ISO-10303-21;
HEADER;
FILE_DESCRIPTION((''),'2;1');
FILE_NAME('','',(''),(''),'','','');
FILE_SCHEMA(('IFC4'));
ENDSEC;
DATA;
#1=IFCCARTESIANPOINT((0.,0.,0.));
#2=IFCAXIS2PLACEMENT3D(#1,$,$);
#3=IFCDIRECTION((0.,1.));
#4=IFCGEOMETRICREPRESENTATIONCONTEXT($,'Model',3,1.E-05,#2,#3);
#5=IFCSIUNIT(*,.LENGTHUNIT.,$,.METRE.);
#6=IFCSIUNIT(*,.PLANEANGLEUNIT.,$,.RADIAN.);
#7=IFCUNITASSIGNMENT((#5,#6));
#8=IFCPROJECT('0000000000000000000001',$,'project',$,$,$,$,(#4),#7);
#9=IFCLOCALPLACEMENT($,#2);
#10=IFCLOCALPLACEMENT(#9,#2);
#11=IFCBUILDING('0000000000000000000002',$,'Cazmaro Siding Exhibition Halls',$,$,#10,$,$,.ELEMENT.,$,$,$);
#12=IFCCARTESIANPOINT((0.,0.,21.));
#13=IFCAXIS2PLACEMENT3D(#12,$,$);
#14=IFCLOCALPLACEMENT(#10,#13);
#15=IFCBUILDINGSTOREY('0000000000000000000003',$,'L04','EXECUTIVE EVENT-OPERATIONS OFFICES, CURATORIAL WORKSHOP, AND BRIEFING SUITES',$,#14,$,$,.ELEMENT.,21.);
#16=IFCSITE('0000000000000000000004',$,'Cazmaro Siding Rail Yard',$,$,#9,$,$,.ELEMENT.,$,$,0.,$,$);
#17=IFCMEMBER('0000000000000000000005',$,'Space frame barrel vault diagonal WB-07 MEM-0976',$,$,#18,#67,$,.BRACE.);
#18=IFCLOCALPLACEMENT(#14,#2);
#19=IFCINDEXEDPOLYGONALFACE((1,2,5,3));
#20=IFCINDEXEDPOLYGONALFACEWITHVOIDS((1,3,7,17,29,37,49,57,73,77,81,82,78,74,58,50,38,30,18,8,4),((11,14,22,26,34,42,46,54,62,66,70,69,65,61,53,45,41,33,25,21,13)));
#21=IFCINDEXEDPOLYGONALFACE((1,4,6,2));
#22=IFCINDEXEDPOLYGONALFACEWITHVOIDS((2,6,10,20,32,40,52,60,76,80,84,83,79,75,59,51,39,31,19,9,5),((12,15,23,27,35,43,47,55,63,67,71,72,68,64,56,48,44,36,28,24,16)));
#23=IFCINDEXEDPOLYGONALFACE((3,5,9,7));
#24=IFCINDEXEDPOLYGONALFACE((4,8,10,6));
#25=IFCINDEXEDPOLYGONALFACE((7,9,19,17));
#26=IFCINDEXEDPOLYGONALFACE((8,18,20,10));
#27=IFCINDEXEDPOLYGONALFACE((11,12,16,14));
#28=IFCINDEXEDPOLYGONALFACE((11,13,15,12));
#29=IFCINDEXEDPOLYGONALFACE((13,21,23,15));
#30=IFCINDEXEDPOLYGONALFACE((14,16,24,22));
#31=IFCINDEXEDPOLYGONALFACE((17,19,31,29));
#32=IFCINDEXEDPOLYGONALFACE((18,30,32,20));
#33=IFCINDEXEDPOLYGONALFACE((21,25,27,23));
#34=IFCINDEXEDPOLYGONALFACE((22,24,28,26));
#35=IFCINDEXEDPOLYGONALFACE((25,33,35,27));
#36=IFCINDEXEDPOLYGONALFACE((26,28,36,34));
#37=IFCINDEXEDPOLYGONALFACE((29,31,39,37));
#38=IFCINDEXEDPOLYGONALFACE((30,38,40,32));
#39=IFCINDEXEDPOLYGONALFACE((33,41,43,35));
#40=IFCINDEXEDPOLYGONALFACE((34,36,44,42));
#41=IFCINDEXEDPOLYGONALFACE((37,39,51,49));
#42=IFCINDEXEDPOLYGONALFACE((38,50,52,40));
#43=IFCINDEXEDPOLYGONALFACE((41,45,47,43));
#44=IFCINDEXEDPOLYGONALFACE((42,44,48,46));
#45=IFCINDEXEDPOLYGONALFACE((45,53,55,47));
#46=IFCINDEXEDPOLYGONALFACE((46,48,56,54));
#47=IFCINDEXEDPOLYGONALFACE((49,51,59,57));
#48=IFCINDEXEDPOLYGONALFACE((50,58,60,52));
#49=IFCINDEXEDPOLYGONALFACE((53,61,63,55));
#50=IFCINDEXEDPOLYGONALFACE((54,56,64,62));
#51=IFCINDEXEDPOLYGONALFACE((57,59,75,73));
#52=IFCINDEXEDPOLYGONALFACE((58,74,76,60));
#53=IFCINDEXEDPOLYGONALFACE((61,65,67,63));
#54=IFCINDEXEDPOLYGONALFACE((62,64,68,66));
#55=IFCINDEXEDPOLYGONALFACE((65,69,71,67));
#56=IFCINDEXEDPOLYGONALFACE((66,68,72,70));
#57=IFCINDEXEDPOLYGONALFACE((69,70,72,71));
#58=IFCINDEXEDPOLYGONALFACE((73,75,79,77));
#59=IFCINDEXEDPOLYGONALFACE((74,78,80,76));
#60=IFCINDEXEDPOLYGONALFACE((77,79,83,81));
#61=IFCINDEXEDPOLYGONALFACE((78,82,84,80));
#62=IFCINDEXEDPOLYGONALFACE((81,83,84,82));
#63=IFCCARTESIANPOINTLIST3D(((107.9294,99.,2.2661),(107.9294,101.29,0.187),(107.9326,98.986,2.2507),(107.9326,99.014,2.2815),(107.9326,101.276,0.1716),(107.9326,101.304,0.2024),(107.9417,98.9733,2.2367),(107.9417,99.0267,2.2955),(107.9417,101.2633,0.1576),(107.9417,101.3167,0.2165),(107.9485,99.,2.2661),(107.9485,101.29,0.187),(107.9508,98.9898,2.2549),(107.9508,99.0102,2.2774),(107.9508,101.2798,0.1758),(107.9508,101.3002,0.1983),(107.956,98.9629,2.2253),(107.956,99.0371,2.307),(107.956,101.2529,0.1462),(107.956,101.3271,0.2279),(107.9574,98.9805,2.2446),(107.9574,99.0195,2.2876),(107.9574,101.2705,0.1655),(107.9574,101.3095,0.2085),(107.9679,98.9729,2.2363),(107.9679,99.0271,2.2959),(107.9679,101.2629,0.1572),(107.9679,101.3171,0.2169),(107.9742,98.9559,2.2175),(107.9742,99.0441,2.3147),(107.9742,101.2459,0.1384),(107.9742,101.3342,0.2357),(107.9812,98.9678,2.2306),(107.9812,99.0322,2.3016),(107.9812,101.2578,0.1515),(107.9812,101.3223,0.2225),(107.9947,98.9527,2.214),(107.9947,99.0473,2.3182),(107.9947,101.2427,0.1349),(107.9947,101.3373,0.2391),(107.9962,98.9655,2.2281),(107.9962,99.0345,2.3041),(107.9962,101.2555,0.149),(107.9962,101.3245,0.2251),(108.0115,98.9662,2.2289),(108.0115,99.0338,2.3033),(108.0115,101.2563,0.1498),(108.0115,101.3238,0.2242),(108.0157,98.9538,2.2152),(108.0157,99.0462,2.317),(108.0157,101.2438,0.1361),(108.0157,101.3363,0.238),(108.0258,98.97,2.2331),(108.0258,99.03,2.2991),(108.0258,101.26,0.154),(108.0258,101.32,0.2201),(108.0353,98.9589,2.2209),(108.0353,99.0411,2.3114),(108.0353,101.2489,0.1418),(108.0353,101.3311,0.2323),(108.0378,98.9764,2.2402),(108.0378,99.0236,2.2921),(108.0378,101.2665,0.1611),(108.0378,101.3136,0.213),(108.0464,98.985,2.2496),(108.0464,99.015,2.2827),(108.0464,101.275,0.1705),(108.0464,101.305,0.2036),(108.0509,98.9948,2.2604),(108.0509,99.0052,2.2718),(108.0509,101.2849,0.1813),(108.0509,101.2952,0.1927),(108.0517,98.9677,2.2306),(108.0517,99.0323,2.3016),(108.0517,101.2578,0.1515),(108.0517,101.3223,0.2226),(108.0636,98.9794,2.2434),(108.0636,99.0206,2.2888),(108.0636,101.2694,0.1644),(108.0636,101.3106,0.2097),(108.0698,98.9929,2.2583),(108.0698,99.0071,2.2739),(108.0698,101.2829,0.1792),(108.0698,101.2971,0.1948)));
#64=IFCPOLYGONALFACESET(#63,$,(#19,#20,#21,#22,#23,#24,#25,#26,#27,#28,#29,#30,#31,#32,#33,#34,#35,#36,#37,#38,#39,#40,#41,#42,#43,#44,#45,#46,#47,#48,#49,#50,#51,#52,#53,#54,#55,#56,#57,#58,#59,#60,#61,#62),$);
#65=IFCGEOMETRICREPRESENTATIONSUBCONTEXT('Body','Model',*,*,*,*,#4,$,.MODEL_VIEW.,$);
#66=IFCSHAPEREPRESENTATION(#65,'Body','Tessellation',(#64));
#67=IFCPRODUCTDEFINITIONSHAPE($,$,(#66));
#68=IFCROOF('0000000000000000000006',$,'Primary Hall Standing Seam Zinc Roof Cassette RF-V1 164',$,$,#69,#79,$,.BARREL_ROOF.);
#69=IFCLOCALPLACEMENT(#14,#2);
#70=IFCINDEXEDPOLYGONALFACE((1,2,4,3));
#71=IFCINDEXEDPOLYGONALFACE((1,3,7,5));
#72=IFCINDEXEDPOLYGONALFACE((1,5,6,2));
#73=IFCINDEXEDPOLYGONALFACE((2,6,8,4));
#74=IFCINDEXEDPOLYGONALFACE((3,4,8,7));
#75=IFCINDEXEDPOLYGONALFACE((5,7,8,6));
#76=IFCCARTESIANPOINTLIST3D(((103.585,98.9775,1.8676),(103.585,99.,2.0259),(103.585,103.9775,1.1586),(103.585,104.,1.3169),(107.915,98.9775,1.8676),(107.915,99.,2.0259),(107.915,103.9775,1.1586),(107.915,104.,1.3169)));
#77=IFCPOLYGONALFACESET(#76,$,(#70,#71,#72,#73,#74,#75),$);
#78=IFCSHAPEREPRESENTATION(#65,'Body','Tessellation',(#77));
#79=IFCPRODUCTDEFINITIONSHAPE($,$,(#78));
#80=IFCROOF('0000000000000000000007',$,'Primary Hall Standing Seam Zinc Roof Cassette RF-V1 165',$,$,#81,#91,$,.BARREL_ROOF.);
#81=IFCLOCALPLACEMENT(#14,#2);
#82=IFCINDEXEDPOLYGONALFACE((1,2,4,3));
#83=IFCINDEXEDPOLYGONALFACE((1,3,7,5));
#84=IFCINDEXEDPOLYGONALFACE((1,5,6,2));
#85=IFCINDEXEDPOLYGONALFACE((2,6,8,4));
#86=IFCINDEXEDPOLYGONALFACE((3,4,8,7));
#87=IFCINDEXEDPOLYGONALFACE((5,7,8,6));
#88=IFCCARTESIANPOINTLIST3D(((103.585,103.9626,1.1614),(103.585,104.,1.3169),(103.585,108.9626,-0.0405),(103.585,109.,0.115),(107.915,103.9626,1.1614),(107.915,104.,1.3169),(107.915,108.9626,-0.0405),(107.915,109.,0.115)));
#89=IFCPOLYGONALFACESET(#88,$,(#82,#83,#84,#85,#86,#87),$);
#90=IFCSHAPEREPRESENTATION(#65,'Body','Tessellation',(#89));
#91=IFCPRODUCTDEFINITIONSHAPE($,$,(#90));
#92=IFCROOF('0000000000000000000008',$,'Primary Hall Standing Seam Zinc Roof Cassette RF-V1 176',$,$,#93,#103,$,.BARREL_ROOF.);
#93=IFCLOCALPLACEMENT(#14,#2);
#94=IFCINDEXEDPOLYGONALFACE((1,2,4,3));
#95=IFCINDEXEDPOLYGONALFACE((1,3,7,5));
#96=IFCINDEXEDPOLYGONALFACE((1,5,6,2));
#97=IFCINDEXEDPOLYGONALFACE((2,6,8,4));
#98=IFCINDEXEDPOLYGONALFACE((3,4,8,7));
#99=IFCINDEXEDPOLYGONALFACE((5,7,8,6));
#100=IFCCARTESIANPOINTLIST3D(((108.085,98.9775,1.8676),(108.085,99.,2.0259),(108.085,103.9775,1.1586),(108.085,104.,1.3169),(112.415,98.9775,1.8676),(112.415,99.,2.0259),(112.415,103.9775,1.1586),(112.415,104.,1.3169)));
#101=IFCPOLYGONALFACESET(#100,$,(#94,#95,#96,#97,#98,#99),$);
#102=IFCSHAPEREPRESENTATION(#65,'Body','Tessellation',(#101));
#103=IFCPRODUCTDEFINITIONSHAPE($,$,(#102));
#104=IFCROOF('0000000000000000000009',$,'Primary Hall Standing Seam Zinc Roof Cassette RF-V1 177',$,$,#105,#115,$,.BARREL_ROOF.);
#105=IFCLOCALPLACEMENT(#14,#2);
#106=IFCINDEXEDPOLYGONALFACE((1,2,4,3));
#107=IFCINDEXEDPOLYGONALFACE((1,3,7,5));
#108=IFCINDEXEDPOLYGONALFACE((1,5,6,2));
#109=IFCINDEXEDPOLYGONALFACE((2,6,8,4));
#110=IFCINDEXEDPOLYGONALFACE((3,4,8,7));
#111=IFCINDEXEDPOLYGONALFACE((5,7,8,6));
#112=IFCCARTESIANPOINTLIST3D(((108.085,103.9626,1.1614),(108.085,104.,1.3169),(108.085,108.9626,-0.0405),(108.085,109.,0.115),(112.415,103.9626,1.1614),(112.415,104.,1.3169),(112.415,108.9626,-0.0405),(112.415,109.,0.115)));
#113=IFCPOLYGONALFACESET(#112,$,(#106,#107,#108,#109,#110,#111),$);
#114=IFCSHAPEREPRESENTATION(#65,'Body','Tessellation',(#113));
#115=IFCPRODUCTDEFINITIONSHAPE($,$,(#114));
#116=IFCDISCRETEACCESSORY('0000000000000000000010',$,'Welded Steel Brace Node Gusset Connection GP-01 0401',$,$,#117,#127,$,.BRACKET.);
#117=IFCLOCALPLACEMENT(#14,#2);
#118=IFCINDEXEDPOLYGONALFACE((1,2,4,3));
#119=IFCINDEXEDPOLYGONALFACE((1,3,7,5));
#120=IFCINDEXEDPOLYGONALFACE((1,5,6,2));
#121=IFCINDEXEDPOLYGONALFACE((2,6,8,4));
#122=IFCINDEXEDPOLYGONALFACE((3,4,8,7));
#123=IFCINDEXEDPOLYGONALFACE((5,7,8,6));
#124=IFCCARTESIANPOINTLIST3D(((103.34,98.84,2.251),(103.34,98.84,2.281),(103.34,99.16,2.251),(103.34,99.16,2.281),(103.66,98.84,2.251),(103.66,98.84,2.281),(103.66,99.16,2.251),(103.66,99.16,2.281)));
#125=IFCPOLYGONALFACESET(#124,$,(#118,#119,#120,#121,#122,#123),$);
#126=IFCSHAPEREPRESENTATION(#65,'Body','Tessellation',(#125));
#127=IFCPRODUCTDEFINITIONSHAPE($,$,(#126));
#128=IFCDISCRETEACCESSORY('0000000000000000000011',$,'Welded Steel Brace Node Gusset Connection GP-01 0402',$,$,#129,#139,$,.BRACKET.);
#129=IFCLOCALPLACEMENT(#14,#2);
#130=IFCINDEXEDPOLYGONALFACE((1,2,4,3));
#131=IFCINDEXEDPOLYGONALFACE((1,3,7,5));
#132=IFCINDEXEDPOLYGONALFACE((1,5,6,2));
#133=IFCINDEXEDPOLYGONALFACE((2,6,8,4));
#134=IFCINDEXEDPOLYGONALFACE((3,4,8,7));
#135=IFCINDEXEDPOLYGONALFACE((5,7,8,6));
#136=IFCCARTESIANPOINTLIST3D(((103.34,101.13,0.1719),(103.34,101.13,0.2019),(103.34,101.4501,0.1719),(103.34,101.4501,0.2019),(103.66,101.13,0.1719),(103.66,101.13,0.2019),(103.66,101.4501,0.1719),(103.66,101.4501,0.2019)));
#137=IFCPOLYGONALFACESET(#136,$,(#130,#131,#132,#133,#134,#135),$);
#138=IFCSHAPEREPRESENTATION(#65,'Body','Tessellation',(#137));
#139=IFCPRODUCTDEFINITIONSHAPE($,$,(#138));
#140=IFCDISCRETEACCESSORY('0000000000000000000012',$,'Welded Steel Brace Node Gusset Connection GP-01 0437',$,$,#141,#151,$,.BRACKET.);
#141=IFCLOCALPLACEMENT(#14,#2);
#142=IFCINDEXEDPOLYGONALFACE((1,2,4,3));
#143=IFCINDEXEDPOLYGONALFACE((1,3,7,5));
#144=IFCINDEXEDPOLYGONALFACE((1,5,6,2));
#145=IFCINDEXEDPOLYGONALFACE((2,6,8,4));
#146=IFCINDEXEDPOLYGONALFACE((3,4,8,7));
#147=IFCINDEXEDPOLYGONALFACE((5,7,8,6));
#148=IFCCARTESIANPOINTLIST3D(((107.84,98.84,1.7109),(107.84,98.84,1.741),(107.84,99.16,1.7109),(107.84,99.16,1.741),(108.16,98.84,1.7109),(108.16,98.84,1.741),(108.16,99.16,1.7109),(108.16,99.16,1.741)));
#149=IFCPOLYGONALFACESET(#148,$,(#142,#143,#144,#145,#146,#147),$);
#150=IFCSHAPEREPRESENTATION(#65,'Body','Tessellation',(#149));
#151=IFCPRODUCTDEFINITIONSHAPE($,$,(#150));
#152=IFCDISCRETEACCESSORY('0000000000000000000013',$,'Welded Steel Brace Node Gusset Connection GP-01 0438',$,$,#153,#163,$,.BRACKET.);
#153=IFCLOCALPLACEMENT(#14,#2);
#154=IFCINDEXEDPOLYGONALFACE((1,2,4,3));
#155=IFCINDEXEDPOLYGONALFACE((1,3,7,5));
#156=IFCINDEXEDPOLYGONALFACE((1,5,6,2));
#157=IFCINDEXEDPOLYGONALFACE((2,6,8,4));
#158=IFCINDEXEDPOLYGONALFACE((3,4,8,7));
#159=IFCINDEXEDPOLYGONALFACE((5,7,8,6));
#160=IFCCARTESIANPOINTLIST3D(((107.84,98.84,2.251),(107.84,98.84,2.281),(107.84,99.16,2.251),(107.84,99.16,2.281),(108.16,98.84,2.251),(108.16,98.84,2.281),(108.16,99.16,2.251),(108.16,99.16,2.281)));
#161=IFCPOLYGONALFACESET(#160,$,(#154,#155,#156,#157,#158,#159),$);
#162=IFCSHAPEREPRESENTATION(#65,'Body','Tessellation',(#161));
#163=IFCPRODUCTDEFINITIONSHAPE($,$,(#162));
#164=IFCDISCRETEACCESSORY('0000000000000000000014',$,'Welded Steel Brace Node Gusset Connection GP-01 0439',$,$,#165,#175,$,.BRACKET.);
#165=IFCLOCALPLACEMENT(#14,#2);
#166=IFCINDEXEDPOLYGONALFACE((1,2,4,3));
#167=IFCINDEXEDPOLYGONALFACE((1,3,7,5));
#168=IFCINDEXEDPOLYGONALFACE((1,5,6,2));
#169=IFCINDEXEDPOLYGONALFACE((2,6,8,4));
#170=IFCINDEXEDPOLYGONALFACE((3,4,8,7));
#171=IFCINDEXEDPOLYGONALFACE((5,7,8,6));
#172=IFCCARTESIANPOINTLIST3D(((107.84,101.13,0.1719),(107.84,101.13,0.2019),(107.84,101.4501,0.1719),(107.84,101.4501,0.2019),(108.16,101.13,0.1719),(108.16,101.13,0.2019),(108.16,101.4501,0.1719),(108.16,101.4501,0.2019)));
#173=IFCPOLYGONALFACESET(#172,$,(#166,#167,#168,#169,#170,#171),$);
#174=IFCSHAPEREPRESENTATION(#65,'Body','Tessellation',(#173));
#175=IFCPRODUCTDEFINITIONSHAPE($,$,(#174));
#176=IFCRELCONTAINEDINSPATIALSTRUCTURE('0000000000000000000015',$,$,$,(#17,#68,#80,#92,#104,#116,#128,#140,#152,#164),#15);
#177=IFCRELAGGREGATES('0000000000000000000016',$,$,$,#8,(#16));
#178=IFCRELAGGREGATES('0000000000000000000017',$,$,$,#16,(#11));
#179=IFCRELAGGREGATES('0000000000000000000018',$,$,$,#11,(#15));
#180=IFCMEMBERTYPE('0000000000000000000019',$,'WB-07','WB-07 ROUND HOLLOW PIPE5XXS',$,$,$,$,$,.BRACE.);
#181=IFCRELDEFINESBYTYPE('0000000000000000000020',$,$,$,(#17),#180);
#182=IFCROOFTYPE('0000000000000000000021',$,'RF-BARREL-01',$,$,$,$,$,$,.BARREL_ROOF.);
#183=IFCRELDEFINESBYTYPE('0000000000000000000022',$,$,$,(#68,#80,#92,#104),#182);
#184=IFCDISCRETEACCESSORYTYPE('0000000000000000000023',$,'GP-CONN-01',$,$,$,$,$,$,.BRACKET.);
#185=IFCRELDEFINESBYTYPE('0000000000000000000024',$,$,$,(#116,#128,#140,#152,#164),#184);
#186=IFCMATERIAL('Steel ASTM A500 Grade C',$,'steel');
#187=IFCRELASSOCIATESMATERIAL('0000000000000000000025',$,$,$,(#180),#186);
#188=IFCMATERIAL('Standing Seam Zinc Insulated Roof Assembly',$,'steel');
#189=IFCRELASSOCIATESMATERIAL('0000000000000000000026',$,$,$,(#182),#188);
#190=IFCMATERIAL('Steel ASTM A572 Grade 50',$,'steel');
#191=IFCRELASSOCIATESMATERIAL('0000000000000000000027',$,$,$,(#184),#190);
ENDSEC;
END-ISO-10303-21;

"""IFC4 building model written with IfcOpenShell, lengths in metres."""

from ifc_helpers import new_model, si_unit, direction, frame, origin, origin_2d, place, context, subcontext, project, spatial, polyline, rectangle, hollow_circle, outline, extrude, material, material_profile, profile_set, type_object, element, save


model = new_model("IFC4")

# Units and contexts
model_context = context("Model", 3, precision=1e-05, world=origin(), true_north=direction((0.0, 1.0)))
body_context = subcontext(model_context, "Body", "Model", "MODEL_VIEW")
ifc_project = project(units=[si_unit("LENGTHUNIT", "METRE"), si_unit("PLANEANGLEUNIT", "RADIAN")], contexts=[model_context])

# Site, building, storey
site_placement = place(None, origin())
site = spatial("IfcSite", under=ifc_project, at=site_placement, Name="Cazmaro Siding Rail Yard", CompositionType="ELEMENT", RefElevation=0.0)
building_placement = place(site_placement, origin())
building = spatial("IfcBuilding", under=site, at=building_placement, Name="Cazmaro Siding Exhibition Halls", CompositionType="ELEMENT")
storey_placement = place(building_placement, frame((0.0, 0.0, 21.0)))
storey = spatial("IfcBuildingStorey", under=building, at=storey_placement, Name="L04", Description="EXECUTIVE EVENT-OPERATIONS OFFICES, CURATORIAL WORKSHOP, AND BRIEFING SUITES", CompositionType="ELEMENT", Elevation=21.0)

# Member
ifc_material_1 = material(Name="Steel ASTM A500 Grade C", Category="steel")
ifc_material_profile_1 = material_profile(ifc_material_1, hollow_circle(Radius=0.0706, WallThickness=0.019, at=origin_2d()), Name="PIPE5XXS")
ifc_profile_set_1 = profile_set([ifc_material_profile_1], Name="Steel ASTM A500 Grade C")
member_type_1 = type_object("IfcMemberType", Name="WB-07", Description="WB-07 ROUND HOLLOW PIPE5XXS", PredefinedType="BRACE", material=ifc_profile_set_1)
for number, where, z_axis, x_axis, name in (
    (1, (108.0, 99.0, 2.2661), (0.0, 0.740383, -0.672185), (-1.0, 0.0, 0.0), "Space frame barrel vault diagonal WB-07 MEM-0976"),
):
    element("IfcMember", number, at=place(storey_placement, frame(where, z_axis=z_axis, x_axis=x_axis)), inside=storey, type_object=member_type_1, Name=name, PredefinedType="BRACE", context=body_context, shape_type="SweptSolid", body=[
        extrude(hollow_circle(Radius=0.0706, WallThickness=0.019, at=origin_2d()), origin(), (0.0, 0.0, 1.0), 3.093),
    ])

# Roofs
ifc_material_2 = material(Name="Standing Seam Zinc Insulated Roof Assembly", Category="steel")
roof_type = type_object("IfcRoofType", Name="RF-BARREL-01", PredefinedType="BARREL_ROOF", material=ifc_material_2)
roof_1_placement = place(storey_placement, frame((103.585, 99.0, 2.0259), z_axis=(0.0, 0.140393, 0.990096), x_axis=(1.0, 0.0, 0.0)))
element("IfcRoof", 2, at=roof_1_placement, inside=storey, type_object=roof_type, Name="Primary Hall Standing Seam Zinc Roof Cassette RF-V1 164", PredefinedType="BARREL_ROOF", context=body_context, shape_type="SweptSolid", body=[
    extrude(outline(polyline([(0.0, 0.0), (4.3301, 0.0), (4.3301, 5.05), (0.0, 5.05), (0.0, 0.0)])), origin(), (0.0, 0.0, -1.0), 0.1599),
])
roof_2_placement = place(storey_placement, frame((103.585, 104.0, 1.3169), z_axis=(0.0, 0.233723, 0.972303), x_axis=(1.0, 0.0, 0.0)))
element("IfcRoof", 3, at=roof_2_placement, inside=storey, type_object=roof_type, Name="Primary Hall Standing Seam Zinc Roof Cassette RF-V1 165", PredefinedType="BARREL_ROOF", context=body_context, shape_type="SweptSolid", body=[
    extrude(outline(polyline([(0.0, 0.0), (4.3301, 0.0), (4.3301, 5.1424), (0.0, 5.1424), (0.0, 0.0)])), origin(), (0.0, 0.0, -1.0), 0.1599),
])
roof_3_placement = place(storey_placement, frame((108.085, 99.0, 2.0259), z_axis=(0.0, 0.140393, 0.990096), x_axis=(1.0, 0.0, 0.0)))
element("IfcRoof", 4, at=roof_3_placement, inside=storey, type_object=roof_type, Name="Primary Hall Standing Seam Zinc Roof Cassette RF-V1 176", PredefinedType="BARREL_ROOF", context=body_context, shape_type="SweptSolid", body=[
    extrude(outline(polyline([(0.0, 0.0), (4.3301, 0.0), (4.3301, 5.05), (0.0, 5.05), (0.0, 0.0)])), origin(), (0.0, 0.0, -1.0), 0.1599),
])
roof_4_placement = place(storey_placement, frame((108.085, 104.0, 1.3169), z_axis=(0.0, 0.233723, 0.972303), x_axis=(1.0, 0.0, 0.0)))
element("IfcRoof", 5, at=roof_4_placement, inside=storey, type_object=roof_type, Name="Primary Hall Standing Seam Zinc Roof Cassette RF-V1 177", PredefinedType="BARREL_ROOF", context=body_context, shape_type="SweptSolid", body=[
    extrude(outline(polyline([(0.0, 0.0), (4.3301, 0.0), (4.3301, 5.1424), (0.0, 5.1424), (0.0, 0.0)])), origin(), (0.0, 0.0, -1.0), 0.1599),
])

# Discrete accessories
ifc_material_3 = material(Name="Steel ASTM A572 Grade 50", Category="steel")
discrete_accessory_type = type_object("IfcDiscreteAccessoryType", Name="GP-CONN-01", PredefinedType="BRACKET", material=ifc_material_3)
for number, where, z_axis, x_axis, name in (
    (6, (103.5, 99.0, 2.251), (0.0, 0.0, 1.0), (1.0, 0.0, 0.0), "Welded Steel Brace Node Gusset Connection GP-01 0401"),
    (7, (103.5, 101.29, 0.1719), (0.0, 0.0, 1.0), (1.0, 0.0, 0.0), "Welded Steel Brace Node Gusset Connection GP-01 0402"),
    (8, (108.0, 99.0, 1.7109), (0.0, 0.0, 1.0), (1.0, 0.0, 0.0), "Welded Steel Brace Node Gusset Connection GP-01 0437"),
    (9, (108.0, 99.0, 2.251), (0.0, 0.0, 1.0), (1.0, 0.0, 0.0), "Welded Steel Brace Node Gusset Connection GP-01 0438"),
    (10, (108.0, 101.29, 0.1719), (0.0, 0.0, 1.0), (1.0, 0.0, 0.0), "Welded Steel Brace Node Gusset Connection GP-01 0439"),
):
    element("IfcDiscreteAccessory", number, at=place(storey_placement, frame(where, z_axis=z_axis, x_axis=x_axis)), inside=storey, type_object=discrete_accessory_type, Name=name, PredefinedType="BRACKET", context=body_context, shape_type="SweptSolid", body=[
        extrude(rectangle(XDim=0.3201, YDim=0.3201, at=origin_2d()), origin(), (0.0, 0.0, 1.0), 0.03),
    ])

save(model, "model.ifc")
